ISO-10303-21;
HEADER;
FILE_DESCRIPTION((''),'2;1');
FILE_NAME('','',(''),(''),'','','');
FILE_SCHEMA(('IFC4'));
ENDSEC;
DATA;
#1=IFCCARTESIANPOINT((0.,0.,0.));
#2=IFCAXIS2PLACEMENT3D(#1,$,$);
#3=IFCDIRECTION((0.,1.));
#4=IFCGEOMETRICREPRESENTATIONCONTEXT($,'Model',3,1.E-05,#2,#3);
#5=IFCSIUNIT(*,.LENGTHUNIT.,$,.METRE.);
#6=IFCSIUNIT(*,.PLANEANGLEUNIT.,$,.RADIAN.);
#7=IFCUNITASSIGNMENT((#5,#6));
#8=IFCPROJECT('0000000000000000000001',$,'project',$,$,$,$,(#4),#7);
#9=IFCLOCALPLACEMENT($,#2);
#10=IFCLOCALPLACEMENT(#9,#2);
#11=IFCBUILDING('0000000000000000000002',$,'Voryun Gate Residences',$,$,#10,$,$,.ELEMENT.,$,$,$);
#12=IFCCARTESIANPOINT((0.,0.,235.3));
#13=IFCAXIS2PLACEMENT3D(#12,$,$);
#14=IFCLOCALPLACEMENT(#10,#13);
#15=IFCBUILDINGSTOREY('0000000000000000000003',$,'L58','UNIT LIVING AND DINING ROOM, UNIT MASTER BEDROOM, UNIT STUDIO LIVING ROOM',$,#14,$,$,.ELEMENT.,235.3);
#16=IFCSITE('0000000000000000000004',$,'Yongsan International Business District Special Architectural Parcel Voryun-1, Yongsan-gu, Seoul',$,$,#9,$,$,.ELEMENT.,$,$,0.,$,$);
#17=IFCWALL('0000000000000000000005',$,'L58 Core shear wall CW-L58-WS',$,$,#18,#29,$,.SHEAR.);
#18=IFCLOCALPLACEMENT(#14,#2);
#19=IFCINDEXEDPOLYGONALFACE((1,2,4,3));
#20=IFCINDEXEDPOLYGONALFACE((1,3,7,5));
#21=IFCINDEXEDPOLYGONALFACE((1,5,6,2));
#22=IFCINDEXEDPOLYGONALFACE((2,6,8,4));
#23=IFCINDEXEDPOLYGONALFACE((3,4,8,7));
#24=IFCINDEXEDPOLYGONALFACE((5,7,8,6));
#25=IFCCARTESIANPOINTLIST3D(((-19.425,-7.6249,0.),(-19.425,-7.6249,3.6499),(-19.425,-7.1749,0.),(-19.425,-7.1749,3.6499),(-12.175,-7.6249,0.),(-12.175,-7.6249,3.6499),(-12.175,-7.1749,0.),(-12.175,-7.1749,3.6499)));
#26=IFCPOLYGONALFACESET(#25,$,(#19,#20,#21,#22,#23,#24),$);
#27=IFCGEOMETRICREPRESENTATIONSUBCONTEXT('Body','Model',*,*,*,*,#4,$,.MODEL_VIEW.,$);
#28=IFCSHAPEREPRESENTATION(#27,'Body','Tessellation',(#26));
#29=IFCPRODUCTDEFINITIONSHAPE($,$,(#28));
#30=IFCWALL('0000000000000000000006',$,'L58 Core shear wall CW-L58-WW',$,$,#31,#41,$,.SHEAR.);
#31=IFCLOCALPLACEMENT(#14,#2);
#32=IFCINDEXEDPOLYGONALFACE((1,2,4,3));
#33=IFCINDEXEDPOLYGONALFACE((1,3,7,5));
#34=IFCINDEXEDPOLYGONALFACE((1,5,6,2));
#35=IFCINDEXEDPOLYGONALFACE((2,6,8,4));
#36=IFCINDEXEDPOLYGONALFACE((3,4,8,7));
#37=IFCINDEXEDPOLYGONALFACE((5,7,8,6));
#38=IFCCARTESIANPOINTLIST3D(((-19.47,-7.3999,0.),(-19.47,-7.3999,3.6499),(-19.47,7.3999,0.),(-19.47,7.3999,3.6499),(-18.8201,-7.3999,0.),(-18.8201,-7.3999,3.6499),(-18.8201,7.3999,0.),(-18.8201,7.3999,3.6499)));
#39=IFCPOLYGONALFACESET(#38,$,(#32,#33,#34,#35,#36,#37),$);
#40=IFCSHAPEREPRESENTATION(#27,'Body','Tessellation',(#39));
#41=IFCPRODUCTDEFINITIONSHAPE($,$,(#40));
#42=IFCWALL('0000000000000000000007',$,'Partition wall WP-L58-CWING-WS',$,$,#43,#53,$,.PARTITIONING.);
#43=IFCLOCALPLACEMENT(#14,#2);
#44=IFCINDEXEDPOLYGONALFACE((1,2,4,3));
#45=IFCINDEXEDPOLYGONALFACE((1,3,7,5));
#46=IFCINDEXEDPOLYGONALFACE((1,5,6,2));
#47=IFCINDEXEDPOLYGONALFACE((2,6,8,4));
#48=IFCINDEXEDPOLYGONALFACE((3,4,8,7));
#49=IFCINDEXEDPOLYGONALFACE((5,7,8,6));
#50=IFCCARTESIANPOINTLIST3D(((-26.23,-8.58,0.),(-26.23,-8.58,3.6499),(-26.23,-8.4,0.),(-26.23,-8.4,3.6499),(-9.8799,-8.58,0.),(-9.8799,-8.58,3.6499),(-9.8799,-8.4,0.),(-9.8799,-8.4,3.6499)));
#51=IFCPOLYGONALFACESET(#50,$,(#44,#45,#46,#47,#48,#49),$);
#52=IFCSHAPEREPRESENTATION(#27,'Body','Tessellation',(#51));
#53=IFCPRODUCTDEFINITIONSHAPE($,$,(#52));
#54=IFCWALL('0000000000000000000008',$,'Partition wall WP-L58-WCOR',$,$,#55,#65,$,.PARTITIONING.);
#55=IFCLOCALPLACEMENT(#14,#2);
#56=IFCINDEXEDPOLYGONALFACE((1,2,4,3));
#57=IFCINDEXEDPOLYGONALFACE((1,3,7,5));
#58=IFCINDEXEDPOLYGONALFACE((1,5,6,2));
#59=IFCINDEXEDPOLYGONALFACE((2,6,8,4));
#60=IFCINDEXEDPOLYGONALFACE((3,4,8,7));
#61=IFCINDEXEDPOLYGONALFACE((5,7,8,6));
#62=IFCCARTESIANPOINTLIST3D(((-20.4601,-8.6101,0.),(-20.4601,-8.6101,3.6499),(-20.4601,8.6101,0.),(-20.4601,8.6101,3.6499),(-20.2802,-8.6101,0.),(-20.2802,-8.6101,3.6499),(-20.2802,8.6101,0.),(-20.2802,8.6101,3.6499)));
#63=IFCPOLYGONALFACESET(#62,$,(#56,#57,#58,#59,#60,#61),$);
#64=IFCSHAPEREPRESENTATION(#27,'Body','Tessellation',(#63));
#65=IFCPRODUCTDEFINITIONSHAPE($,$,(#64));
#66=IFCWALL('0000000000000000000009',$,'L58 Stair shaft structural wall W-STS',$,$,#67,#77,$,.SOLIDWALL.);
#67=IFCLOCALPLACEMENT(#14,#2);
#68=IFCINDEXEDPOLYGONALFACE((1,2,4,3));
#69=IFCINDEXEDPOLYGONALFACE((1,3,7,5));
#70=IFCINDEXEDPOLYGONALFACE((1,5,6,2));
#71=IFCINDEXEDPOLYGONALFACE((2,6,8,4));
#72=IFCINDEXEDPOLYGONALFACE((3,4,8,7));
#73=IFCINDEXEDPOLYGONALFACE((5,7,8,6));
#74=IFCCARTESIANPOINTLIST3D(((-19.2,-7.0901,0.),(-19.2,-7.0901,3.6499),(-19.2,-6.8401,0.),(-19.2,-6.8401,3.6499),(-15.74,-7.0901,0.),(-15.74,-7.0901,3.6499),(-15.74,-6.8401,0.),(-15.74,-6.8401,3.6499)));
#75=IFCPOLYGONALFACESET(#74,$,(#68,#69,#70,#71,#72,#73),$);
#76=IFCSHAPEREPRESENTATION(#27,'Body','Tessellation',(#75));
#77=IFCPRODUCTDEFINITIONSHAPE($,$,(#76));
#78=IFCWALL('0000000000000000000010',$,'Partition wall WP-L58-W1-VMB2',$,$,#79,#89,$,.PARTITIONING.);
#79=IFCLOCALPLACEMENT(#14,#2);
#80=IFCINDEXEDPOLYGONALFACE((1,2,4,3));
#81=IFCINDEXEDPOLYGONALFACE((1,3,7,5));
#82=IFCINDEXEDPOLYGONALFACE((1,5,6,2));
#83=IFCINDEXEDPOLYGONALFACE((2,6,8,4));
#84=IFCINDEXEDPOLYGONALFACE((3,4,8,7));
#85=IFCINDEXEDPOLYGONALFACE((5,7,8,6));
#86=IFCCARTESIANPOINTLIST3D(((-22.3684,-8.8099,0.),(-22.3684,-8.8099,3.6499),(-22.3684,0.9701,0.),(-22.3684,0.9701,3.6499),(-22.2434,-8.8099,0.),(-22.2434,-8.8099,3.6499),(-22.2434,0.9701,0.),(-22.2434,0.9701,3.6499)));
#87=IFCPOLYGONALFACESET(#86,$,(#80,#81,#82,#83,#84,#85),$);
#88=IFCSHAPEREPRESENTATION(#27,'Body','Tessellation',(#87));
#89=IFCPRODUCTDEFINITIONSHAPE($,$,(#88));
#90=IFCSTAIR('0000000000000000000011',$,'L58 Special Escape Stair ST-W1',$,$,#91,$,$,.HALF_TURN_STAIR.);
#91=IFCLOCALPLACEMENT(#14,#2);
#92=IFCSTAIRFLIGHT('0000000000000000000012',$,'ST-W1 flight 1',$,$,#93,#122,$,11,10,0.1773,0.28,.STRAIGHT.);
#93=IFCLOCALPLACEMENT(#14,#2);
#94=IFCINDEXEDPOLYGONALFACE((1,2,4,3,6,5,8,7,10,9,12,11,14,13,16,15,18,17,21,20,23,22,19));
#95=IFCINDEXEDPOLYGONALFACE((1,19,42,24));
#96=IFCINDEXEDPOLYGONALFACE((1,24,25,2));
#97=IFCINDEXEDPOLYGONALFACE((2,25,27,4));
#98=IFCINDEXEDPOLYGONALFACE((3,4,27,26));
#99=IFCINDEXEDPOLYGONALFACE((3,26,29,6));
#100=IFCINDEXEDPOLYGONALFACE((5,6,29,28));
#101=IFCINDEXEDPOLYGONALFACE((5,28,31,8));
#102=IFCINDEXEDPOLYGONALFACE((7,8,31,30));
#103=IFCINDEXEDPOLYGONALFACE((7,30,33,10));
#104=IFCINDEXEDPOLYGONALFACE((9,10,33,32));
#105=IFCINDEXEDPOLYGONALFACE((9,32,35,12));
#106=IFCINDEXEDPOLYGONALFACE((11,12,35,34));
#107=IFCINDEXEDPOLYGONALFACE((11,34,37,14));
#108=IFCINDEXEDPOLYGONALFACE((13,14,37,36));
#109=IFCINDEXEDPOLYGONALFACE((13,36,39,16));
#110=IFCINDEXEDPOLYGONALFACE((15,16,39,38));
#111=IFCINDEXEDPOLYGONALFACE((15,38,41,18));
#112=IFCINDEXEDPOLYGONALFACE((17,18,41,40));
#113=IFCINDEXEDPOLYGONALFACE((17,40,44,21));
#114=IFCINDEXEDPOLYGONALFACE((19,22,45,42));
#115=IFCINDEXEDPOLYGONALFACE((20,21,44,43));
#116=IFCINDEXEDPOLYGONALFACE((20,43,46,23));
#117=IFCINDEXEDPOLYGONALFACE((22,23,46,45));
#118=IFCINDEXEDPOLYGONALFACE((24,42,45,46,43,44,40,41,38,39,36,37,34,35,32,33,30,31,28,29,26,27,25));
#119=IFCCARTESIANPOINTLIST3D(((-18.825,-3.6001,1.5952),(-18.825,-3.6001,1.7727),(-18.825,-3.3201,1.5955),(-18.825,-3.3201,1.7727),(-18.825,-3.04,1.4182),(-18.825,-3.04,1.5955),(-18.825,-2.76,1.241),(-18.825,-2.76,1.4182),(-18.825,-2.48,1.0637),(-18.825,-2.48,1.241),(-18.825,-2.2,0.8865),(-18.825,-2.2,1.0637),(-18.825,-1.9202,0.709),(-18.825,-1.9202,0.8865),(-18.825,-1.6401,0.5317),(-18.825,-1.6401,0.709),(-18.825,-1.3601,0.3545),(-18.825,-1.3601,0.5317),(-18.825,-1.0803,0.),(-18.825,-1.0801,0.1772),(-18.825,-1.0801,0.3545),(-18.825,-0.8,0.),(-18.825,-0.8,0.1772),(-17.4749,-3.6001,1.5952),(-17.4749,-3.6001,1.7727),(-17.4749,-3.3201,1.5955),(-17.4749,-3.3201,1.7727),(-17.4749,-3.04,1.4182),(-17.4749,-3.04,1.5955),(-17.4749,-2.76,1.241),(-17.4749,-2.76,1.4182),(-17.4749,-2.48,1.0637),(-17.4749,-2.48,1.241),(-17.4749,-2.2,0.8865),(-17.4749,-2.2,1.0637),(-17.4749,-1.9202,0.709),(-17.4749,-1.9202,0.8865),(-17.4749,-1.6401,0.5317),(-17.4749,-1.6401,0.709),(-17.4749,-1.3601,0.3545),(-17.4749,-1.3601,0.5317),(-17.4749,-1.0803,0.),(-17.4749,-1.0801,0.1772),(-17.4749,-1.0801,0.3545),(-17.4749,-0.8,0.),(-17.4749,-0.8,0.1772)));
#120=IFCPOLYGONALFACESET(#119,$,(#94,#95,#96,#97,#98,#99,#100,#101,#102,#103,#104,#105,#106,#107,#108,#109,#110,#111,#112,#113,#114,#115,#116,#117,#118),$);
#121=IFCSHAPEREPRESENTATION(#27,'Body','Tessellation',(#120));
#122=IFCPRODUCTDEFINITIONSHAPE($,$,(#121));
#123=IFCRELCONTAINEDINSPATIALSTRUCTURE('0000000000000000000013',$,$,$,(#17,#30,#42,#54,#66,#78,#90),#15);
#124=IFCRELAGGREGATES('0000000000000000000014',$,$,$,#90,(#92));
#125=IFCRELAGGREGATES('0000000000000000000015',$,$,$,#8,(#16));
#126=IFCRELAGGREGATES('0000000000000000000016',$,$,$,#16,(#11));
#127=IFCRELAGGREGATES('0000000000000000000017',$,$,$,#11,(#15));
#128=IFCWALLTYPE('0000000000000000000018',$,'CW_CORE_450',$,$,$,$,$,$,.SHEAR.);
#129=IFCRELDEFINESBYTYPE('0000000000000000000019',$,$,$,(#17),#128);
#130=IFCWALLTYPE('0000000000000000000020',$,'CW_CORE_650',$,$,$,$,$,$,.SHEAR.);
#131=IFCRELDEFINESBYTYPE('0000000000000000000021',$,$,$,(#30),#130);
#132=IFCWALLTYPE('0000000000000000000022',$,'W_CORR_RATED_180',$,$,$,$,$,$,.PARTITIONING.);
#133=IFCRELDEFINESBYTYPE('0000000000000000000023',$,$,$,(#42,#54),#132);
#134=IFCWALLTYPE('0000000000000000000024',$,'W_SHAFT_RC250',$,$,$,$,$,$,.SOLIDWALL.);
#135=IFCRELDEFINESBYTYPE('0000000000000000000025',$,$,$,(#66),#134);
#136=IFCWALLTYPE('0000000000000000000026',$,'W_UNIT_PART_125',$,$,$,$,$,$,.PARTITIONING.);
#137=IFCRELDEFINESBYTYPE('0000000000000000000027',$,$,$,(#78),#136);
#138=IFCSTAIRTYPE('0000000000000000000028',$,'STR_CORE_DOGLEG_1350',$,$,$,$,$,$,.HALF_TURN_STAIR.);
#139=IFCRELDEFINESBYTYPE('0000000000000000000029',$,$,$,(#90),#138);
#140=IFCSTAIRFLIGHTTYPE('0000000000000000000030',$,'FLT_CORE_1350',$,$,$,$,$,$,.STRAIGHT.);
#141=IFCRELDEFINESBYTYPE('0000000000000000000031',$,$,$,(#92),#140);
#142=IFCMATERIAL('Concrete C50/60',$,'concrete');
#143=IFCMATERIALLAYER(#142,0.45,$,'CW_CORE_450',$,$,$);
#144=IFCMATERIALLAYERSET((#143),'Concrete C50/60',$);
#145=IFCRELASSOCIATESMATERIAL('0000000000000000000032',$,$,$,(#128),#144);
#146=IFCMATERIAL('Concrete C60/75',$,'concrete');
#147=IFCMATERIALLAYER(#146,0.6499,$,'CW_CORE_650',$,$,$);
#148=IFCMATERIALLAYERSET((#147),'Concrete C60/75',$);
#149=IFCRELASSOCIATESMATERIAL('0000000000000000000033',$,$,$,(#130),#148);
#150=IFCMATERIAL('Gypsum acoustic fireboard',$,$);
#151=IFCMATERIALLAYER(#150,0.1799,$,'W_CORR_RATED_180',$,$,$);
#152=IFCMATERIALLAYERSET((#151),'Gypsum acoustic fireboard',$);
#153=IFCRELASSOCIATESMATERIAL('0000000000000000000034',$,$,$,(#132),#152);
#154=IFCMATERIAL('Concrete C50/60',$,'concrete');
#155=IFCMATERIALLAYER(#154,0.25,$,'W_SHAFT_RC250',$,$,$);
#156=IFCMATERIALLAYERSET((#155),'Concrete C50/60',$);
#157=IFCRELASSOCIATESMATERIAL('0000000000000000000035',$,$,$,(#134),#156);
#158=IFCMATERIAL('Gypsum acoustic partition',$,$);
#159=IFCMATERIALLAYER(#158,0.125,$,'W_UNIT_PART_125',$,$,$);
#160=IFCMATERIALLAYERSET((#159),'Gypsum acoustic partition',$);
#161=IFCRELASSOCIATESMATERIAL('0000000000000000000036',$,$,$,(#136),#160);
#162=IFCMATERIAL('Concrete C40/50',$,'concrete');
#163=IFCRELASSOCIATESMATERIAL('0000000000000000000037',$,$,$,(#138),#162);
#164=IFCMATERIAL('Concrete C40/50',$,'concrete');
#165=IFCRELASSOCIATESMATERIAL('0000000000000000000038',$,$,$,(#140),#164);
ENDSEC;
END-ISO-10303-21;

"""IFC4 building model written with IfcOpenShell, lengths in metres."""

from ifc_helpers import new_model, si_unit, direction, frame, frame_2d, origin, place, context, subcontext, project, spatial, polyline, rectangle, outline, extrude, material, layer, layer_set, type_object, element, aggregate, save


model = new_model("IFC4")

# Units and contexts
model_context = context("Model", 3, precision=1e-05, world=origin(), true_north=direction((0.0, 1.0)))
body_context = subcontext(model_context, "Body", "Model", "MODEL_VIEW")
ifc_project = project(units=[si_unit("LENGTHUNIT", "METRE"), si_unit("PLANEANGLEUNIT", "RADIAN")], contexts=[model_context])

# Site, building, storey
site_placement = place(None, origin())
site = spatial("IfcSite", under=ifc_project, at=site_placement, Name="Yongsan International Business District Special Architectural Parcel Voryun-1, Yongsan-gu, Seoul", CompositionType="ELEMENT", RefElevation=0.0)
building_placement = place(site_placement, origin())
building = spatial("IfcBuilding", under=site, at=building_placement, Name="Voryun Gate Residences", CompositionType="ELEMENT")
storey_placement = place(building_placement, frame((0.0, 0.0, 235.3)))
storey = spatial("IfcBuildingStorey", under=building, at=storey_placement, Name="L58", Description="UNIT LIVING AND DINING ROOM, UNIT MASTER BEDROOM, UNIT STUDIO LIVING ROOM", CompositionType="ELEMENT", Elevation=235.3)

# Walls
ifc_material_1 = material(Name="Concrete C50/60", Category="concrete")
ifc_layer_1 = layer(ifc_material_1, 0.45, Name="CW_CORE_450")
ifc_layer_set_1 = layer_set([ifc_layer_1], Name="Concrete C50/60")
wall_type_1 = type_object("IfcWallType", Name="CW_CORE_450", PredefinedType="SHEAR", material=ifc_layer_set_1)
wall_1_placement = place(storey_placement, frame((-19.425, -7.3999, 0.0), z_axis=(0.0, 0.0, 1.0), x_axis=(1.0, 0.0, 0.0)))
element("IfcWall", 1, at=wall_1_placement, inside=storey, type_object=wall_type_1, Name="L58 Core shear wall CW-L58-WS", PredefinedType="SHEAR", context=body_context, shape_type="SweptSolid", body=[
    extrude(rectangle(XDim=7.25, YDim=0.45, at=frame_2d((3.625, 0.0))), origin(), (0.0, 0.0, 1.0), 3.6499),
])
ifc_material_2 = material(Name="Concrete C60/75", Category="concrete")
ifc_layer_2 = layer(ifc_material_2, 0.6499, Name="CW_CORE_650")
ifc_layer_set_2 = layer_set([ifc_layer_2], Name="Concrete C60/75")
wall_type_2 = type_object("IfcWallType", Name="CW_CORE_650", PredefinedType="SHEAR", material=ifc_layer_set_2)
wall_2_placement = place(storey_placement, frame((-19.145, -7.3999, 0.0), z_axis=(0.0, 0.0, 1.0), x_axis=(0.0, 1.0, 0.0)))
element("IfcWall", 2, at=wall_2_placement, inside=storey, type_object=wall_type_2, Name="L58 Core shear wall CW-L58-WW", PredefinedType="SHEAR", context=body_context, shape_type="SweptSolid", body=[
    extrude(rectangle(XDim=14.7998, YDim=0.6499, at=frame_2d((7.3999, 0.0))), origin(), (0.0, 0.0, 1.0), 3.6499),
])
ifc_material_3 = material(Name="Gypsum acoustic fireboard")
ifc_layer_3 = layer(ifc_material_3, 0.1799, Name="W_CORR_RATED_180")
ifc_layer_set_3 = layer_set([ifc_layer_3], Name="Gypsum acoustic fireboard")
wall_type_3 = type_object("IfcWallType", Name="W_CORR_RATED_180", PredefinedType="PARTITIONING", material=ifc_layer_set_3)
wall_3_placement = place(storey_placement, frame((-26.23, -8.49, 0.0), z_axis=(0.0, 0.0, 1.0), x_axis=(1.0, 0.0, 0.0)))
element("IfcWall", 3, at=wall_3_placement, inside=storey, type_object=wall_type_3, Name="Partition wall WP-L58-CWING-WS", PredefinedType="PARTITIONING", context=body_context, shape_type="SweptSolid", body=[
    extrude(rectangle(XDim=16.3501, YDim=0.1799, at=frame_2d((8.175, 0.0))), origin(), (0.0, 0.0, 1.0), 3.6499),
])
wall_4_placement = place(storey_placement, frame((-20.3701, -8.6101, 0.0), z_axis=(0.0, 0.0, 1.0), x_axis=(0.0, 1.0, 0.0)))
element("IfcWall", 4, at=wall_4_placement, inside=storey, type_object=wall_type_3, Name="Partition wall WP-L58-WCOR", PredefinedType="PARTITIONING", context=body_context, shape_type="SweptSolid", body=[
    extrude(rectangle(XDim=17.2202, YDim=0.1799, at=frame_2d((8.6101, 0.0))), origin(), (0.0, 0.0, 1.0), 3.6499),
])
ifc_material_4 = material(Name="Concrete C50/60", Category="concrete")
ifc_layer_4 = layer(ifc_material_4, 0.25, Name="W_SHAFT_RC250")
ifc_layer_set_4 = layer_set([ifc_layer_4], Name="Concrete C50/60")
wall_type_4 = type_object("IfcWallType", Name="W_SHAFT_RC250", PredefinedType="SOLIDWALL", material=ifc_layer_set_4)
wall_5_placement = place(storey_placement, frame((-19.2, -6.9651, 0.0), z_axis=(0.0, 0.0, 1.0), x_axis=(1.0, 0.0, 0.0)))
element("IfcWall", 5, at=wall_5_placement, inside=storey, type_object=wall_type_4, Name="L58 Stair shaft structural wall W-STS", PredefinedType="SOLIDWALL", context=body_context, shape_type="SweptSolid", body=[
    extrude(rectangle(XDim=3.46, YDim=0.25, at=frame_2d((1.73, 0.0))), origin(), (0.0, 0.0, 1.0), 3.6499),
])
ifc_material_5 = material(Name="Gypsum acoustic partition")
ifc_layer_5 = layer(ifc_material_5, 0.125, Name="W_UNIT_PART_125")
ifc_layer_set_5 = layer_set([ifc_layer_5], Name="Gypsum acoustic partition")
wall_type_5 = type_object("IfcWallType", Name="W_UNIT_PART_125", PredefinedType="PARTITIONING", material=ifc_layer_set_5)
wall_6_placement = place(storey_placement, frame((-22.3059, -8.8101, 0.0), z_axis=(0.0, 0.0, 1.0), x_axis=(0.0, 1.0, 0.0)))
element("IfcWall", 6, at=wall_6_placement, inside=storey, type_object=wall_type_5, Name="Partition wall WP-L58-W1-VMB2", PredefinedType="PARTITIONING", context=body_context, shape_type="SweptSolid", body=[
    extrude(rectangle(XDim=9.78, YDim=0.125, at=frame_2d((4.8901, 0.0))), origin(), (0.0, 0.0, 1.0), 3.6499),
])

# Stair, stair flight
ifc_material_6 = material(Name="Concrete C40/50", Category="concrete")
stair_type = type_object("IfcStairType", Name="STR_CORE_DOGLEG_1350", PredefinedType="HALF_TURN_STAIR", material=ifc_material_6)
stair_placement = place(storey_placement, origin())
stair = element("IfcStair", 7, at=stair_placement, inside=storey, type_object=stair_type, Name="L58 Special Escape Stair ST-W1", PredefinedType="HALF_TURN_STAIR")
ifc_material_7 = material(Name="Concrete C40/50", Category="concrete")
stair_flight_type = type_object("IfcStairFlightType", Name="FLT_CORE_1350", PredefinedType="STRAIGHT", material=ifc_material_7)
stair_flight_placement = place(storey_placement, frame((-18.1499, -0.8, 0.0), z_axis=(0.0, 0.0, 1.0), x_axis=(0.0, -1.0, 0.0)))
stair_flight = element("IfcStairFlight", 8, at=stair_flight_placement, type_object=stair_flight_type, Name="ST-W1 flight 1", NumberOfRisers=11, NumberOfTreads=10, PredefinedType="STRAIGHT", RiserHeight=0.1773, TreadLength=0.28, context=body_context, shape_type="SweptSolid", body=[
    extrude(outline(polyline([(0.0, 0.0), (0.0, 0.1772), (0.28, 0.1772), (0.28, 0.3545), (0.5601, 0.3545), (0.5601, 0.5317), (0.8401, 0.5317), (0.8401, 0.709), (1.1201, 0.709), (1.1201, 0.8865), (1.3999, 0.8865), (1.3999, 1.0637), (1.6799, 1.0637), (1.6799, 1.241), (1.96, 1.241), (1.96, 1.4182), (2.24, 1.4182), (2.24, 1.5955), (2.52, 1.5955), (2.52, 1.7727), (2.8, 1.7727), (2.8, 1.95), (2.8, 1.5952), (0.2803, 0.0), (0.0, 0.0)])), frame((0.0, 0.675, 0.0), z_axis=(0.0, -1.0, 0.0), x_axis=(1.0, 0.0, 0.0)), (0.0, 0.0, 1.0), 1.3501),
])
aggregate(stair, [stair_flight])

save(model, "model.ifc")
